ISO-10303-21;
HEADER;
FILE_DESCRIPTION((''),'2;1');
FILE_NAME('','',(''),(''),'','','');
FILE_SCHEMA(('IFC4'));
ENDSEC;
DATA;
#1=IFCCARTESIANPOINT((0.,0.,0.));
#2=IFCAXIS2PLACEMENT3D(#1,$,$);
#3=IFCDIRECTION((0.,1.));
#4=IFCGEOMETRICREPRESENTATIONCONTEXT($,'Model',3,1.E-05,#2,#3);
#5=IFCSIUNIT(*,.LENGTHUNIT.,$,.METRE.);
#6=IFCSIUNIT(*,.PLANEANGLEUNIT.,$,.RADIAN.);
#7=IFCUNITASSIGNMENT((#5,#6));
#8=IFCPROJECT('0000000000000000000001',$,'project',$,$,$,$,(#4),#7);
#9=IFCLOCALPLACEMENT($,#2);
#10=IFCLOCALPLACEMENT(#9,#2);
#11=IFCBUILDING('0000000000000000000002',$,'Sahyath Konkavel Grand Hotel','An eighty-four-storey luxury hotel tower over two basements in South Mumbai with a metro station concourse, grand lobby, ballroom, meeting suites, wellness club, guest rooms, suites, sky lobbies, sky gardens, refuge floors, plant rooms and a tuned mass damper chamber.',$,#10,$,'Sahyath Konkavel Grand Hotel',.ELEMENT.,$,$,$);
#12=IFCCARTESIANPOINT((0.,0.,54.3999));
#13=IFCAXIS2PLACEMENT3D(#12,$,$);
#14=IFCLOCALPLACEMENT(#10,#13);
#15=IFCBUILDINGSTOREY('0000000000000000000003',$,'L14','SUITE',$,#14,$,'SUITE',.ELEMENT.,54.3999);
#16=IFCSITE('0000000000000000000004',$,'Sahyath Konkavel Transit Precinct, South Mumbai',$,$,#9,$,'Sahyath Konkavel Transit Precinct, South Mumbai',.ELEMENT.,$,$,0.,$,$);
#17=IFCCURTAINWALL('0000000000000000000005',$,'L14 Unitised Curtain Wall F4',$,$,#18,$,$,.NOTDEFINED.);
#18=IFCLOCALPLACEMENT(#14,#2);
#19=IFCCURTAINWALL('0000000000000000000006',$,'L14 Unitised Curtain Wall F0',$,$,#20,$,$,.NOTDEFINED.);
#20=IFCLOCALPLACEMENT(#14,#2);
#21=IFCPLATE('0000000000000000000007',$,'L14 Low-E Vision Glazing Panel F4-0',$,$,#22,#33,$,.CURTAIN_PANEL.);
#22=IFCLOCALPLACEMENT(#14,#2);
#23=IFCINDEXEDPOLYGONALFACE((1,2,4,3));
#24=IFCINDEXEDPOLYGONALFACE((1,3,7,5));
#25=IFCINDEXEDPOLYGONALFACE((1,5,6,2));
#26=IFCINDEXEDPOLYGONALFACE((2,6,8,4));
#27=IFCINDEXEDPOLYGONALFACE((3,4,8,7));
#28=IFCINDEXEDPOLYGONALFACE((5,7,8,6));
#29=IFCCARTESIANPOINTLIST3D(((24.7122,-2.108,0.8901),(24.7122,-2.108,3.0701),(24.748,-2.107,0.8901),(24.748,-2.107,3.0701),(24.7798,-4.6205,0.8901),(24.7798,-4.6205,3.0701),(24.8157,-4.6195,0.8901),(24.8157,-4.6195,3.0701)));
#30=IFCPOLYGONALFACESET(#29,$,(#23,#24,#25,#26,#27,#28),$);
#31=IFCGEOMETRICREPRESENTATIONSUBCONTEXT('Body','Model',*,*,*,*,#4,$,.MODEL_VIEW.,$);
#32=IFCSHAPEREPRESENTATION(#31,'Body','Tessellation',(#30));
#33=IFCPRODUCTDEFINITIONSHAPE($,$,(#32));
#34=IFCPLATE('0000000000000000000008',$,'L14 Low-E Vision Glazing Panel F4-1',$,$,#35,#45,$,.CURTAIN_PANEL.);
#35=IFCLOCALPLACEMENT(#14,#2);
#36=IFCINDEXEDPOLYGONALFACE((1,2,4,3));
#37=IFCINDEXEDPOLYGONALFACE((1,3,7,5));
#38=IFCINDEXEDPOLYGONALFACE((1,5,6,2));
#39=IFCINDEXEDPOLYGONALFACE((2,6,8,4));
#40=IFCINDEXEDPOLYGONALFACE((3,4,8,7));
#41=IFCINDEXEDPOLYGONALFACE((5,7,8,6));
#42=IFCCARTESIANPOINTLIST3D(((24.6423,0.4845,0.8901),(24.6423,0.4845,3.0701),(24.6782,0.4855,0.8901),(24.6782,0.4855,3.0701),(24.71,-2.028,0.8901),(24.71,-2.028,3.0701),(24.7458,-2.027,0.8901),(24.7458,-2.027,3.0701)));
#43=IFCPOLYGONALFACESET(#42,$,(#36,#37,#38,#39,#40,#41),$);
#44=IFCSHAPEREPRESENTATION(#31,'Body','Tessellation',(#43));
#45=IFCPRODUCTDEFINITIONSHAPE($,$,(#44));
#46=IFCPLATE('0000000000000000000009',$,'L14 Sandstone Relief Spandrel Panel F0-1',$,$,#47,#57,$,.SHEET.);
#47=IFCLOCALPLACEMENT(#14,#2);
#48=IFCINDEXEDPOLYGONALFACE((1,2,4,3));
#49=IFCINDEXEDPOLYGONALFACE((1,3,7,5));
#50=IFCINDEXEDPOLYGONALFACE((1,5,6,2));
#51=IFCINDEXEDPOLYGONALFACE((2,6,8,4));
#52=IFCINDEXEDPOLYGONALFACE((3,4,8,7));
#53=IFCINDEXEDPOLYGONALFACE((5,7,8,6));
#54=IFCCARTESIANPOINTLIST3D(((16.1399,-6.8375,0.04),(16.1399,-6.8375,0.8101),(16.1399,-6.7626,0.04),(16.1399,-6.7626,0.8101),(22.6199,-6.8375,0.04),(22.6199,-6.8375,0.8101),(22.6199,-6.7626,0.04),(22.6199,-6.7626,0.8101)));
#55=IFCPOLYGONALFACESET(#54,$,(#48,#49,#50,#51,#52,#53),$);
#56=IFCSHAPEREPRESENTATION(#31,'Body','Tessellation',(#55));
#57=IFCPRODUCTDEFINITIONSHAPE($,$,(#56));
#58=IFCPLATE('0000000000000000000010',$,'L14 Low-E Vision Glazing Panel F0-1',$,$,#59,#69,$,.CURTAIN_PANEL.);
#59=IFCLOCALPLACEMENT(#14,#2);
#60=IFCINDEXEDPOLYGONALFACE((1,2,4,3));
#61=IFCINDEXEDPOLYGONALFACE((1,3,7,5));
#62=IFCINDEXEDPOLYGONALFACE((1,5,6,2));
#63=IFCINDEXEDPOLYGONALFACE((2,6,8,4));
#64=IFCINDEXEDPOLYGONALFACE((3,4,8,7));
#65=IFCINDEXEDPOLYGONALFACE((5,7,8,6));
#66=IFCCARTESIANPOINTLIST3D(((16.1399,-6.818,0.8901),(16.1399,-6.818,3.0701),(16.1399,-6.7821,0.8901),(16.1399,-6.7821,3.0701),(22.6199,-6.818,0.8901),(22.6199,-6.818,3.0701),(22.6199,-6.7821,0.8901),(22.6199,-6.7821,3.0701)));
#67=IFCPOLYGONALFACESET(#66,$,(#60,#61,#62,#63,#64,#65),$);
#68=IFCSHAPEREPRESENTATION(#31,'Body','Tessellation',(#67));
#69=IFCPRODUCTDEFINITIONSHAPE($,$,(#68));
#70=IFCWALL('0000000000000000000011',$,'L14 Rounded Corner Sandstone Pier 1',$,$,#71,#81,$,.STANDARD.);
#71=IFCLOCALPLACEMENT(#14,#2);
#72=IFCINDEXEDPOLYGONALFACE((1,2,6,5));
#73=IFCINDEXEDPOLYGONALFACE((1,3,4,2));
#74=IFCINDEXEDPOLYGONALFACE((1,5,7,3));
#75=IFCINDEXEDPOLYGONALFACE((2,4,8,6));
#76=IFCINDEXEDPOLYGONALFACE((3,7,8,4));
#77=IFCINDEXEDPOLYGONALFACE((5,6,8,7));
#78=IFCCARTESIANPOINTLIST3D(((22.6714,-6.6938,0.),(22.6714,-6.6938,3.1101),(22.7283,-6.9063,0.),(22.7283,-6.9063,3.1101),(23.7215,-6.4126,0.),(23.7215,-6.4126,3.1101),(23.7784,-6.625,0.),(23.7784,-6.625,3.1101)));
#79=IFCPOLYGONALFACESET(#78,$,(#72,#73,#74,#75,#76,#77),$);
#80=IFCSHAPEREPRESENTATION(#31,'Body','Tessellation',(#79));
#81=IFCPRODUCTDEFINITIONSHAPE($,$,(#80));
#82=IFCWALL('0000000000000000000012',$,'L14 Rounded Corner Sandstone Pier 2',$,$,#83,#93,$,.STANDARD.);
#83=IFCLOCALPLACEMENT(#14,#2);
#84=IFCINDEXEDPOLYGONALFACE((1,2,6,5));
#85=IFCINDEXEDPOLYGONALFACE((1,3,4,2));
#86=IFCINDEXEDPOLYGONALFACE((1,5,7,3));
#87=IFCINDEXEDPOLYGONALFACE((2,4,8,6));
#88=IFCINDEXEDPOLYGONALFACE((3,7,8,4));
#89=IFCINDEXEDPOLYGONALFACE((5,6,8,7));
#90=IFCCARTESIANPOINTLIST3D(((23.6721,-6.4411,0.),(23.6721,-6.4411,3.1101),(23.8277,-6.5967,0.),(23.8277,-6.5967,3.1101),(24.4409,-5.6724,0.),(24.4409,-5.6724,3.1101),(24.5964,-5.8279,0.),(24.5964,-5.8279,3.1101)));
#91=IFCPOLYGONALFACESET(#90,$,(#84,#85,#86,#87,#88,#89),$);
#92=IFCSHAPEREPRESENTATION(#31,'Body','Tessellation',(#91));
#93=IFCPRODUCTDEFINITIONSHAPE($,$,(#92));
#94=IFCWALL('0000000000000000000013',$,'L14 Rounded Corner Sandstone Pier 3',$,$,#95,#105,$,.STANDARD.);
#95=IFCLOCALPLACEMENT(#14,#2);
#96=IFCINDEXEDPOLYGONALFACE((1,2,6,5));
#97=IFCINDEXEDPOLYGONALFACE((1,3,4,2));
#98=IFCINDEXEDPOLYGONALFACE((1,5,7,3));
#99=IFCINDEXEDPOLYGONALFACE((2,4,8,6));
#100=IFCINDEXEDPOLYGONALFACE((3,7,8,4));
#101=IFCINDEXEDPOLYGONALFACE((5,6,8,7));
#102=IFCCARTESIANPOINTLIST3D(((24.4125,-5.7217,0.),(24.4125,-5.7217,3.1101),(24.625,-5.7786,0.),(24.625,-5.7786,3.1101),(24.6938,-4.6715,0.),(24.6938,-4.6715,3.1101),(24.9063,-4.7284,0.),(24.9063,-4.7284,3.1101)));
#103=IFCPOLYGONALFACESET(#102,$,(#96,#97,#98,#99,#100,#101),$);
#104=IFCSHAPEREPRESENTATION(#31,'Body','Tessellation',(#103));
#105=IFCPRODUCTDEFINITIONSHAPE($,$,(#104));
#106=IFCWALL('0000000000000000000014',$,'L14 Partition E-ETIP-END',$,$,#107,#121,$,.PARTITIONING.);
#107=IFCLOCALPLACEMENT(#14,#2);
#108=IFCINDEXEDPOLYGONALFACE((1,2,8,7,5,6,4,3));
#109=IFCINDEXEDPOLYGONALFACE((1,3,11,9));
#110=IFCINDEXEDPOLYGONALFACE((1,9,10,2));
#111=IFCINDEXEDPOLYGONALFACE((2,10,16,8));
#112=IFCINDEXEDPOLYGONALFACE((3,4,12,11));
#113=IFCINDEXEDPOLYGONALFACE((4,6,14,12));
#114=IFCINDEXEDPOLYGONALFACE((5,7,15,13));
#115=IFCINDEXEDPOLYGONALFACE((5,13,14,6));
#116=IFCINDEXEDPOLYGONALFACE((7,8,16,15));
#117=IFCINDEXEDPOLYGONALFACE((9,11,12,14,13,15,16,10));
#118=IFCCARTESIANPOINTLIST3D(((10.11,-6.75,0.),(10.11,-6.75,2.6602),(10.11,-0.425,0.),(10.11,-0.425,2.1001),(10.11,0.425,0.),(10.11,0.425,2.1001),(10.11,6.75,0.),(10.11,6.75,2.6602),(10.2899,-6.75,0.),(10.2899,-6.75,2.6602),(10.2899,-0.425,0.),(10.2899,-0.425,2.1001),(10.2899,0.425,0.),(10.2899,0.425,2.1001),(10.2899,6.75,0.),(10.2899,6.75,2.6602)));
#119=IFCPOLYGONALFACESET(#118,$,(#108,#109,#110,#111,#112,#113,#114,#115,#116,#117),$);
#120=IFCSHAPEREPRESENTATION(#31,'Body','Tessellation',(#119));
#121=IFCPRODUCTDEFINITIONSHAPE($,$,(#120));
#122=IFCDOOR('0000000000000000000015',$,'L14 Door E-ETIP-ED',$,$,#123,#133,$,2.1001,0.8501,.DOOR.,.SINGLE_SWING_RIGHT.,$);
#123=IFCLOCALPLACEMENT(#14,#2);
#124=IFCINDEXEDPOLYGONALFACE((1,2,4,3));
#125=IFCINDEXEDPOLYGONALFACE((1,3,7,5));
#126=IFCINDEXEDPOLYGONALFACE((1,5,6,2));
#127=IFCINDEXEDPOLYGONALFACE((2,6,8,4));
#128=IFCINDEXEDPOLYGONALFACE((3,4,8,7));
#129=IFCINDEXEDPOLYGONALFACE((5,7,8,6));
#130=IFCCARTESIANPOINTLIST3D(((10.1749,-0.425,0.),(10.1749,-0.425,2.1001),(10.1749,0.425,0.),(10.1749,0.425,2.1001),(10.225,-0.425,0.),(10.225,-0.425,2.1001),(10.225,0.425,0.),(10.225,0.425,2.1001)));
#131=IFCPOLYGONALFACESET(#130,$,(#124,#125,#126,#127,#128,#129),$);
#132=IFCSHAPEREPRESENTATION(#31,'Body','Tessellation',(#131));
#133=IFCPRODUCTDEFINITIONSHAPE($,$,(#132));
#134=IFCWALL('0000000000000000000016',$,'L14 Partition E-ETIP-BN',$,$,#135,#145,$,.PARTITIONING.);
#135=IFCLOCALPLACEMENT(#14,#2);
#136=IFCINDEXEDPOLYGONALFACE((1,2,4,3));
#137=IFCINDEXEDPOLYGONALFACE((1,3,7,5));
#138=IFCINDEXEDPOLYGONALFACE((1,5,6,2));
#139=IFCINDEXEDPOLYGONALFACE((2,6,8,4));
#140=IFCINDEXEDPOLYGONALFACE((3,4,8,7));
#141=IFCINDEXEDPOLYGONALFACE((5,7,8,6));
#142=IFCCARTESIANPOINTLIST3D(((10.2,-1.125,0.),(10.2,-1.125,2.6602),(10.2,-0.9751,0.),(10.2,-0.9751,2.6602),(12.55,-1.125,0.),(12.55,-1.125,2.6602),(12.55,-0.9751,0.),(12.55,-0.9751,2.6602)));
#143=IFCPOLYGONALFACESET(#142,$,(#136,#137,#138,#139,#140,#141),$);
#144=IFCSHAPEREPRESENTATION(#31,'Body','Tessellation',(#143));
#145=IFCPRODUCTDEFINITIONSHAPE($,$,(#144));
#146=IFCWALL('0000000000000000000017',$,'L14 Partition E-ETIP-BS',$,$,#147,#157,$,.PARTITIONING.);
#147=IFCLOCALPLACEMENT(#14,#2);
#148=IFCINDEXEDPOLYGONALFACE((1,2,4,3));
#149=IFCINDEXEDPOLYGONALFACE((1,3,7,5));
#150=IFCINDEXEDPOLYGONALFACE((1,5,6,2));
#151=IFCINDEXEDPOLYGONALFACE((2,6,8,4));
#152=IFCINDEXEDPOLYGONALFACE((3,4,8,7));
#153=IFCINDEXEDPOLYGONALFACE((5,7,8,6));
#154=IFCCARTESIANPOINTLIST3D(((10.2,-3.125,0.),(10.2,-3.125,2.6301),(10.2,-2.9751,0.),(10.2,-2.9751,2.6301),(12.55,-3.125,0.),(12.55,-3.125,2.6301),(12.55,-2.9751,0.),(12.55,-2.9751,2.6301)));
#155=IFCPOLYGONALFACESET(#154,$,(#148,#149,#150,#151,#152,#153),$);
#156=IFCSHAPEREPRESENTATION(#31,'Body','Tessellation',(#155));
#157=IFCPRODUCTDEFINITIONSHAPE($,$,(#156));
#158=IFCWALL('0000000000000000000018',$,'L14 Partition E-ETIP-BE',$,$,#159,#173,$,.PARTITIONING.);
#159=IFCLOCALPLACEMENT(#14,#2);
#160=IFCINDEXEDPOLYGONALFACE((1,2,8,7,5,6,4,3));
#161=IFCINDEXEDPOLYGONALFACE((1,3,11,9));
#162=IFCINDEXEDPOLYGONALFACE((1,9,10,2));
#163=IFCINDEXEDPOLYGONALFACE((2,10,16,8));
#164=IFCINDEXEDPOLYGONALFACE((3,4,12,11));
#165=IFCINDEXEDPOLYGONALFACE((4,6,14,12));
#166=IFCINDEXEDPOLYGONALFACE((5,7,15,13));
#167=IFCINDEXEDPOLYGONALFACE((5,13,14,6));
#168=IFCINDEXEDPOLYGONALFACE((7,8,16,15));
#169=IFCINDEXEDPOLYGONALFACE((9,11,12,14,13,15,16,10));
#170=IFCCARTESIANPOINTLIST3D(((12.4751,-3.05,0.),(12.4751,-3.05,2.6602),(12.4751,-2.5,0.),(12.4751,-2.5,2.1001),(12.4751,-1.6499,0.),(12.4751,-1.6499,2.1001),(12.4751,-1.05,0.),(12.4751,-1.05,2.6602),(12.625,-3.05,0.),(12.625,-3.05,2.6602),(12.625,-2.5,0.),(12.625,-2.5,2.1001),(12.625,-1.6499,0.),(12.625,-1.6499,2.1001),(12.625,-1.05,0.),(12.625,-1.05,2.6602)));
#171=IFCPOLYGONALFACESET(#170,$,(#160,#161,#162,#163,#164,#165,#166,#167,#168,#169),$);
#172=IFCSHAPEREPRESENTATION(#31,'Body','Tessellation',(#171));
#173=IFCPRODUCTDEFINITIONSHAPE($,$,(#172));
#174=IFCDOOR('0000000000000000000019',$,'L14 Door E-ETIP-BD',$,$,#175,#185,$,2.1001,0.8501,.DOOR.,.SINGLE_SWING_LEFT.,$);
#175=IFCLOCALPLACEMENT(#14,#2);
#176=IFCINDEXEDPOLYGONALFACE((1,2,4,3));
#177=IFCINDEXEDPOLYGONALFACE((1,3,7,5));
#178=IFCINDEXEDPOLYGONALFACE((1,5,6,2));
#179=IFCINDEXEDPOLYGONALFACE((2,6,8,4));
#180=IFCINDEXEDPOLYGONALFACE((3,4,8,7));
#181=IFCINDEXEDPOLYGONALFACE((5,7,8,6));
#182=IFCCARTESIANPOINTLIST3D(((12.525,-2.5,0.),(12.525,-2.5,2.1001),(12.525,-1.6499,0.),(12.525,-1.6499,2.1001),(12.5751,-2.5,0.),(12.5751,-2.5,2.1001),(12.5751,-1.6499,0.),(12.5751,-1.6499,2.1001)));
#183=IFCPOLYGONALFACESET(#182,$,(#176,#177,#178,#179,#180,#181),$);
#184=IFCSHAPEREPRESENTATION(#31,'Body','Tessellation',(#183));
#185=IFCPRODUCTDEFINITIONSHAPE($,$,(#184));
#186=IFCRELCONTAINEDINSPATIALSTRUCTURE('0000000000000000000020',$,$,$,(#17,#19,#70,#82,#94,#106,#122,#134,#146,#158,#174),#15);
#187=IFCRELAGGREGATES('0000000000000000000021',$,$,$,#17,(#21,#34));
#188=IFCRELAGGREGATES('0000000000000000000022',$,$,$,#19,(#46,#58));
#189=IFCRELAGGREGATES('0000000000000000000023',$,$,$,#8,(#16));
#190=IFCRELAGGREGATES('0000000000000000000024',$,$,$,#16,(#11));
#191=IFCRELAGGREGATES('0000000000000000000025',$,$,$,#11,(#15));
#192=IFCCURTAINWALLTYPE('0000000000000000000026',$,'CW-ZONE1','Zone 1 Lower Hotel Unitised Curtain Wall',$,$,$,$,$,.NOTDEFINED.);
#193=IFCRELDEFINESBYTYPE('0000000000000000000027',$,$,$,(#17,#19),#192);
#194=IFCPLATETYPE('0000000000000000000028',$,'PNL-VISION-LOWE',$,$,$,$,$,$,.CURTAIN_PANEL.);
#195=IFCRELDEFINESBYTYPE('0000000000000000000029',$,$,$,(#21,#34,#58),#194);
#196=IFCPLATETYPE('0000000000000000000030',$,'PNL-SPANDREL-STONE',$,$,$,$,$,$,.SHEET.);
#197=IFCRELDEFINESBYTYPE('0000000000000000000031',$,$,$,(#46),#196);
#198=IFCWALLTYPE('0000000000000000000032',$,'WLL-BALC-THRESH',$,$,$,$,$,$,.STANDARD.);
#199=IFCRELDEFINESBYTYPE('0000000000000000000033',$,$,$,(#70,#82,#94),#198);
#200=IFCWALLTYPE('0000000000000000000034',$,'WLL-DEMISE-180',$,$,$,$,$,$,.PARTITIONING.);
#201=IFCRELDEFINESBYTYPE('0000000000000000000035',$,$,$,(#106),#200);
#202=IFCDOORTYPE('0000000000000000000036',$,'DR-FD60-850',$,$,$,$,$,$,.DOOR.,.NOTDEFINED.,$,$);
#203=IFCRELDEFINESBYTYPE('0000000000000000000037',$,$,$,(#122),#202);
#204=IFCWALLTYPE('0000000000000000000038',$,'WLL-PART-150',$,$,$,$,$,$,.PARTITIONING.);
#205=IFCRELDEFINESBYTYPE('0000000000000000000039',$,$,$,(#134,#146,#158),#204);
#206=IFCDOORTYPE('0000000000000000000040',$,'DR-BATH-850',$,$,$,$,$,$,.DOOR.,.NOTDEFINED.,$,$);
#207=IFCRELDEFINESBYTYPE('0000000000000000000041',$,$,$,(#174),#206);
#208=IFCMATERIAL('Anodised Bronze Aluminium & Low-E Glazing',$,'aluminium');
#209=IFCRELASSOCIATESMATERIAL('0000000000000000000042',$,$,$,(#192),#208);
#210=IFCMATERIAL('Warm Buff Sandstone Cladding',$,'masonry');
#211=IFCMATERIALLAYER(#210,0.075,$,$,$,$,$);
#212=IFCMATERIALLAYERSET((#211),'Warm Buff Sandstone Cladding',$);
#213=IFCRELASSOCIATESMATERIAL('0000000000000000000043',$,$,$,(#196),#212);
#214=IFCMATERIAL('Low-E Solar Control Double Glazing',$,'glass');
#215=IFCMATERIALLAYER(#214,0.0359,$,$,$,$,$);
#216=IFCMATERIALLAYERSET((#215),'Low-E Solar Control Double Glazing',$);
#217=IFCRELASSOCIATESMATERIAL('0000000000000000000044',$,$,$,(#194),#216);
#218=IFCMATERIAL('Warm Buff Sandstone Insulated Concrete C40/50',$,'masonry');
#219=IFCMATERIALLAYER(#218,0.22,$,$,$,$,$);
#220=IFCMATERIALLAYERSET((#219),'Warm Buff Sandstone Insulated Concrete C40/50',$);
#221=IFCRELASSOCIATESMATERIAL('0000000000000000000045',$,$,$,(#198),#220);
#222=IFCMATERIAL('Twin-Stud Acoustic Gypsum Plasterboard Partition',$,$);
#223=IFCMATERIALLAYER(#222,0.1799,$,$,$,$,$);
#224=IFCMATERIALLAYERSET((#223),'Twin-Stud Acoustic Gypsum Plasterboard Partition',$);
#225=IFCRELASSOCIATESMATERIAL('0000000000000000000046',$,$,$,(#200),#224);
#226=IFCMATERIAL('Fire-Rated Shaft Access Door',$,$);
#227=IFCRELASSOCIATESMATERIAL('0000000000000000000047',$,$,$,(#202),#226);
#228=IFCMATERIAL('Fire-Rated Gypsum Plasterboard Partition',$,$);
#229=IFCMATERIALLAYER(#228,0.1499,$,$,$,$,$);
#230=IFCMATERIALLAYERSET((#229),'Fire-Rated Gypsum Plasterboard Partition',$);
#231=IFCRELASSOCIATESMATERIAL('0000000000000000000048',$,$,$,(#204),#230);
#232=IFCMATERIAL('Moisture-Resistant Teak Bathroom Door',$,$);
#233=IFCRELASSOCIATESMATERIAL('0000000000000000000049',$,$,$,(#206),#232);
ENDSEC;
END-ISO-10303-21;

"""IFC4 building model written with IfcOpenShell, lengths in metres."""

from ifc_helpers import new_model, si_unit, direction, frame, frame_2d, origin, origin_2d, place, context, subcontext, project, spatial, rectangle, extrude, source, transform, mapped, material, layer, layer_set, type_object, element, fill, aggregate, save


model = new_model("IFC4")

# Units and contexts
model_context = context("Model", 3, precision=1e-05, world=origin(), true_north=direction((0.0, 1.0)))
body_context = subcontext(model_context, "Body", "Model", "MODEL_VIEW")
ifc_project = project(units=[si_unit("LENGTHUNIT", "METRE"), si_unit("PLANEANGLEUNIT", "RADIAN")], contexts=[model_context])

# Site, building, storey
site_placement = place(None, origin())
site = spatial("IfcSite", under=ifc_project, at=site_placement, Name="Sahyath Konkavel Transit Precinct, South Mumbai", LongName="Sahyath Konkavel Transit Precinct, South Mumbai", CompositionType="ELEMENT", RefElevation=0.0)
building_placement = place(site_placement, origin())
building = spatial("IfcBuilding", under=site, at=building_placement, Name="Sahyath Konkavel Grand Hotel", Description="An eighty-four-storey luxury hotel tower over two basements in South Mumbai with a metro station concourse, grand lobby, ballroom, meeting suites, wellness club, guest rooms, suites, sky lobbies, sky gardens, refuge floors, plant rooms and a tuned mass damper chamber.", LongName="Sahyath Konkavel Grand Hotel", CompositionType="ELEMENT")
storey_placement = place(building_placement, frame((0.0, 0.0, 54.3999)))
storey = spatial("IfcBuildingStorey", under=building, at=storey_placement, Name="L14", Description="SUITE", LongName="SUITE", CompositionType="ELEMENT", Elevation=54.3999)

# Curtain wall
ifc_material_1 = material(Name="Anodised Bronze Aluminium & Low-E Glazing", Category="aluminium")
curtain_wall_type = type_object("IfcCurtainWallType", Name="CW-ZONE1", Description="Zone 1 Lower Hotel Unitised Curtain Wall", PredefinedType="NOTDEFINED", material=ifc_material_1)
curtain_wall_1_placement = place(storey_placement, origin())
curtain_wall_1 = element("IfcCurtainWall", 1, at=curtain_wall_1_placement, inside=storey, type_object=curtain_wall_type, Name="L14 Unitised Curtain Wall F4", PredefinedType="NOTDEFINED")

# Curtain wall
curtain_wall_2_placement = place(storey_placement, origin())
curtain_wall_2 = element("IfcCurtainWall", 2, at=curtain_wall_2_placement, inside=storey, type_object=curtain_wall_type, Name="L14 Unitised Curtain Wall F0", PredefinedType="NOTDEFINED")

# Plates
ifc_material_2 = material(Name="Warm Buff Sandstone Cladding", Category="masonry")
ifc_layer_1 = layer(ifc_material_2, 0.075)
ifc_layer_set_1 = layer_set([ifc_layer_1], Name="Warm Buff Sandstone Cladding")
plate_type_1 = type_object("IfcPlateType", Name="PNL-SPANDREL-STONE", PredefinedType="SHEET", material=ifc_layer_set_1)
ifc_material_3 = material(Name="Low-E Solar Control Double Glazing", Category="glass")
ifc_layer_2 = layer(ifc_material_3, 0.0359)
ifc_layer_set_2 = layer_set([ifc_layer_2], Name="Low-E Solar Control Double Glazing")
plate_type_2 = type_object("IfcPlateType", Name="PNL-VISION-LOWE", PredefinedType="CURTAIN_PANEL", material=ifc_layer_set_2)
shared_shape_1 = source(origin(), body_context, "Body", "SweptSolid", [
    extrude(rectangle(XDim=2.5134, YDim=0.0359, at=origin_2d()), origin(), (0.0, 0.0, 1.0), 2.1799),
])
plate_1_placement = place(storey_placement, frame((24.7639, -3.3638, 0.8901), z_axis=(0.0, 0.0, 1.0), x_axis=(-0.02691, 0.999638, 0.0)))
plate_1 = element("IfcPlate", 3, at=plate_1_placement, type_object=plate_type_2, Name="L14 Low-E Vision Glazing Panel F4-0", PredefinedType="CURTAIN_PANEL", context=body_context, shape_type="MappedRepresentation", body=[
    mapped(shared_shape_1, transform((0.0, 0.0, 0.0), scale=1.0)),
])
plate_2_placement = place(storey_placement, frame((24.6941, -0.7712, 0.8901), z_axis=(0.0, 0.0, 1.0), x_axis=(-0.02691, 0.999638, 0.0)))
plate_2 = element("IfcPlate", 4, at=plate_2_placement, type_object=plate_type_2, Name="L14 Low-E Vision Glazing Panel F4-1", PredefinedType="CURTAIN_PANEL", context=body_context, shape_type="MappedRepresentation", body=[
    mapped(shared_shape_1, transform((0.0, 0.0, 0.0), scale=1.0)),
])
aggregate(curtain_wall_1, [plate_1, plate_2])
shared_shape_2 = source(origin(), body_context, "Body", "SweptSolid", [
    extrude(rectangle(XDim=6.48, YDim=0.075, at=origin_2d()), origin(), (0.0, 0.0, 1.0), 0.77),
])
plate_3_placement = place(storey_placement, frame((19.3799, -6.8, 0.04), z_axis=(0.0, 0.0, 1.0), x_axis=(1.0, 0.0, 0.0)))
plate_3 = element("IfcPlate", 5, at=plate_3_placement, type_object=plate_type_1, Name="L14 Sandstone Relief Spandrel Panel F0-1", PredefinedType="SHEET", context=body_context, shape_type="MappedRepresentation", body=[
    mapped(shared_shape_2, transform((0.0, 0.0, 0.0), scale=1.0)),
])
shared_shape_3 = source(origin(), body_context, "Body", "SweptSolid", [
    extrude(rectangle(XDim=6.48, YDim=0.0359, at=origin_2d()), origin(), (0.0, 0.0, 1.0), 2.1799),
])
plate_4_placement = place(storey_placement, frame((19.3799, -6.8, 0.8901), z_axis=(0.0, 0.0, 1.0), x_axis=(1.0, 0.0, 0.0)))
plate_4 = element("IfcPlate", 6, at=plate_4_placement, type_object=plate_type_2, Name="L14 Low-E Vision Glazing Panel F0-1", PredefinedType="CURTAIN_PANEL", context=body_context, shape_type="MappedRepresentation", body=[
    mapped(shared_shape_3, transform((0.0, 0.0, 0.0), scale=1.0)),
])
aggregate(curtain_wall_2, [plate_3, plate_4])

# Walls
ifc_material_4 = material(Name="Warm Buff Sandstone Insulated Concrete C40/50", Category="masonry")
ifc_layer_3 = layer(ifc_material_4, 0.22)
ifc_layer_set_3 = layer_set([ifc_layer_3], Name="Warm Buff Sandstone Insulated Concrete C40/50")
wall_type_1 = type_object("IfcWallType", Name="WLL-BALC-THRESH", PredefinedType="STANDARD", material=ifc_layer_set_3)
for number, where, z_axis, x_axis, name in (
    (7, (22.7, -6.8, 0.0), (0.0, 0.0, 1.0), (0.965951, 0.258725, 0.0), "L14 Rounded Corner Sandstone Pier 1"),
    (8, (23.75, -6.5188, 0.0), (0.0, 0.0, 1.0), (0.707107, 0.707107, 0.0), "L14 Rounded Corner Sandstone Pier 2"),
    (9, (24.5188, -5.75, 0.0), (0.0, 0.0, 1.0), (0.258725, 0.965951, 0.0), "L14 Rounded Corner Sandstone Pier 3"),
):
    element("IfcWall", number, at=place(storey_placement, frame(where, z_axis=z_axis, x_axis=x_axis)), inside=storey, type_object=wall_type_1, Name=name, PredefinedType="STANDARD", context=body_context, shape_type="SweptSolid", body=[
        extrude(rectangle(XDim=1.0872, YDim=0.22, at=frame_2d((0.5435, 0.0))), origin(), (0.0, 0.0, 1.0), 3.1101),
    ])

# Wall, opening, door
ifc_material_5 = material(Name="Twin-Stud Acoustic Gypsum Plasterboard Partition")
ifc_layer_4 = layer(ifc_material_5, 0.1799)
ifc_layer_set_4 = layer_set([ifc_layer_4], Name="Twin-Stud Acoustic Gypsum Plasterboard Partition")
wall_type_2 = type_object("IfcWallType", Name="WLL-DEMISE-180", PredefinedType="PARTITIONING", material=ifc_layer_set_4)
wall_1_placement = place(storey_placement, frame((10.2, -6.75, 0.0), z_axis=(0.0, 0.0, 1.0), x_axis=(0.0, 1.0, 0.0)))
wall_1 = element("IfcWall", 10, at=wall_1_placement, inside=storey, type_object=wall_type_2, Name="L14 Partition E-ETIP-END", PredefinedType="PARTITIONING", context=body_context, shape_type="SweptSolid", body=[
    extrude(rectangle(XDim=13.5, YDim=0.1799, at=frame_2d((6.75, 0.0))), origin(), (0.0, 0.0, 1.0), 2.6602),
])
opening_1_placement = place(wall_1_placement, frame((6.325, 0.0, 0.0)))
opening_1 = element("IfcOpeningElement", 11, at=opening_1_placement, cuts=wall_1, PredefinedType="OPENING", context=body_context, shape_type="SweptSolid", body=[
    extrude(rectangle(XDim=0.8501, YDim=2.1001, at=frame_2d((0.425, 1.05))), frame((0.0, 0.1001, 0.0), z_axis=(0.0, -1.0, 0.0), x_axis=(1.0, 0.0, 0.0)), (0.0, 0.0, 1.0), 0.2),
])
ifc_material_6 = material(Name="Fire-Rated Shaft Access Door")
door_type_1 = type_object("IfcDoorType", Name="DR-FD60-850", OperationType="NOTDEFINED", PredefinedType="DOOR", material=ifc_material_6)
shared_shape_4 = source(origin(), body_context, "Body", "SweptSolid", [
    extrude(rectangle(XDim=0.8501, YDim=0.05, at=origin_2d()), origin(), (0.0, 0.0, 1.0), 2.1001),
])
door_1_placement = place(opening_1_placement, frame((0.425, 0.0, 0.0)))
door_1 = element("IfcDoor", 12, at=door_1_placement, inside=storey, type_object=door_type_1, Name="L14 Door E-ETIP-ED", OperationType="SINGLE_SWING_RIGHT", OverallHeight=2.1001, OverallWidth=0.8501, PredefinedType="DOOR", context=body_context, shape_type="MappedRepresentation", body=[
    mapped(shared_shape_4, transform((0.0, 0.0, 0.0), scale=1.0)),
])
fill(opening_1, door_1)

# Walls
ifc_material_7 = material(Name="Fire-Rated Gypsum Plasterboard Partition")
ifc_layer_5 = layer(ifc_material_7, 0.1499)
ifc_layer_set_5 = layer_set([ifc_layer_5], Name="Fire-Rated Gypsum Plasterboard Partition")
wall_type_3 = type_object("IfcWallType", Name="WLL-PART-150", PredefinedType="PARTITIONING", material=ifc_layer_set_5)
wall_2_placement = place(storey_placement, frame((10.2, -1.05, 0.0), z_axis=(0.0, 0.0, 1.0), x_axis=(1.0, 0.0, 0.0)))
element("IfcWall", 13, at=wall_2_placement, inside=storey, type_object=wall_type_3, Name="L14 Partition E-ETIP-BN", PredefinedType="PARTITIONING", context=body_context, shape_type="SweptSolid", body=[
    extrude(rectangle(XDim=2.3501, YDim=0.1499, at=frame_2d((1.175, 0.0))), origin(), (0.0, 0.0, 1.0), 2.6602),
])
wall_3_placement = place(storey_placement, frame((10.2, -3.05, 0.0), z_axis=(0.0, 0.0, 1.0), x_axis=(1.0, 0.0, 0.0)))
element("IfcWall", 14, at=wall_3_placement, inside=storey, type_object=wall_type_3, Name="L14 Partition E-ETIP-BS", PredefinedType="PARTITIONING", context=body_context, shape_type="SweptSolid", body=[
    extrude(rectangle(XDim=2.3501, YDim=0.1499, at=frame_2d((1.175, 0.0))), origin(), (0.0, 0.0, 1.0), 2.6301),
])

# Wall, opening, door
wall_4_placement = place(storey_placement, frame((12.55, -3.05, 0.0), z_axis=(0.0, 0.0, 1.0), x_axis=(0.0, 1.0, 0.0)))
wall_4 = element("IfcWall", 15, at=wall_4_placement, inside=storey, type_object=wall_type_3, Name="L14 Partition E-ETIP-BE", PredefinedType="PARTITIONING", context=body_context, shape_type="SweptSolid", body=[
    extrude(rectangle(XDim=2.0, YDim=0.1499, at=frame_2d((1.0, 0.0))), origin(), (0.0, 0.0, 1.0), 2.6602),
])
opening_2_placement = place(wall_4_placement, frame((0.55, 0.0, 0.0)))
opening_2 = element("IfcOpeningElement", 16, at=opening_2_placement, cuts=wall_4, PredefinedType="OPENING", context=body_context, shape_type="SweptSolid", body=[
    extrude(rectangle(XDim=0.8501, YDim=2.1001, at=frame_2d((0.425, 1.05))), frame((0.0, 0.085, 0.0), z_axis=(0.0, -1.0, 0.0), x_axis=(1.0, 0.0, 0.0)), (0.0, 0.0, 1.0), 0.1699),
])
ifc_material_8 = material(Name="Moisture-Resistant Teak Bathroom Door")
door_type_2 = type_object("IfcDoorType", Name="DR-BATH-850", OperationType="NOTDEFINED", PredefinedType="DOOR", material=ifc_material_8)
door_2_placement = place(opening_2_placement, frame((0.425, 0.0, 0.0)))
door_2 = element("IfcDoor", 17, at=door_2_placement, inside=storey, type_object=door_type_2, Name="L14 Door E-ETIP-BD", OperationType="SINGLE_SWING_LEFT", OverallHeight=2.1001, OverallWidth=0.8501, PredefinedType="DOOR", context=body_context, shape_type="MappedRepresentation", body=[
    mapped(shared_shape_4, transform((0.0, 0.0, 0.0), scale=1.0)),
])
fill(opening_2, door_2)

save(model, "model.ifc")
